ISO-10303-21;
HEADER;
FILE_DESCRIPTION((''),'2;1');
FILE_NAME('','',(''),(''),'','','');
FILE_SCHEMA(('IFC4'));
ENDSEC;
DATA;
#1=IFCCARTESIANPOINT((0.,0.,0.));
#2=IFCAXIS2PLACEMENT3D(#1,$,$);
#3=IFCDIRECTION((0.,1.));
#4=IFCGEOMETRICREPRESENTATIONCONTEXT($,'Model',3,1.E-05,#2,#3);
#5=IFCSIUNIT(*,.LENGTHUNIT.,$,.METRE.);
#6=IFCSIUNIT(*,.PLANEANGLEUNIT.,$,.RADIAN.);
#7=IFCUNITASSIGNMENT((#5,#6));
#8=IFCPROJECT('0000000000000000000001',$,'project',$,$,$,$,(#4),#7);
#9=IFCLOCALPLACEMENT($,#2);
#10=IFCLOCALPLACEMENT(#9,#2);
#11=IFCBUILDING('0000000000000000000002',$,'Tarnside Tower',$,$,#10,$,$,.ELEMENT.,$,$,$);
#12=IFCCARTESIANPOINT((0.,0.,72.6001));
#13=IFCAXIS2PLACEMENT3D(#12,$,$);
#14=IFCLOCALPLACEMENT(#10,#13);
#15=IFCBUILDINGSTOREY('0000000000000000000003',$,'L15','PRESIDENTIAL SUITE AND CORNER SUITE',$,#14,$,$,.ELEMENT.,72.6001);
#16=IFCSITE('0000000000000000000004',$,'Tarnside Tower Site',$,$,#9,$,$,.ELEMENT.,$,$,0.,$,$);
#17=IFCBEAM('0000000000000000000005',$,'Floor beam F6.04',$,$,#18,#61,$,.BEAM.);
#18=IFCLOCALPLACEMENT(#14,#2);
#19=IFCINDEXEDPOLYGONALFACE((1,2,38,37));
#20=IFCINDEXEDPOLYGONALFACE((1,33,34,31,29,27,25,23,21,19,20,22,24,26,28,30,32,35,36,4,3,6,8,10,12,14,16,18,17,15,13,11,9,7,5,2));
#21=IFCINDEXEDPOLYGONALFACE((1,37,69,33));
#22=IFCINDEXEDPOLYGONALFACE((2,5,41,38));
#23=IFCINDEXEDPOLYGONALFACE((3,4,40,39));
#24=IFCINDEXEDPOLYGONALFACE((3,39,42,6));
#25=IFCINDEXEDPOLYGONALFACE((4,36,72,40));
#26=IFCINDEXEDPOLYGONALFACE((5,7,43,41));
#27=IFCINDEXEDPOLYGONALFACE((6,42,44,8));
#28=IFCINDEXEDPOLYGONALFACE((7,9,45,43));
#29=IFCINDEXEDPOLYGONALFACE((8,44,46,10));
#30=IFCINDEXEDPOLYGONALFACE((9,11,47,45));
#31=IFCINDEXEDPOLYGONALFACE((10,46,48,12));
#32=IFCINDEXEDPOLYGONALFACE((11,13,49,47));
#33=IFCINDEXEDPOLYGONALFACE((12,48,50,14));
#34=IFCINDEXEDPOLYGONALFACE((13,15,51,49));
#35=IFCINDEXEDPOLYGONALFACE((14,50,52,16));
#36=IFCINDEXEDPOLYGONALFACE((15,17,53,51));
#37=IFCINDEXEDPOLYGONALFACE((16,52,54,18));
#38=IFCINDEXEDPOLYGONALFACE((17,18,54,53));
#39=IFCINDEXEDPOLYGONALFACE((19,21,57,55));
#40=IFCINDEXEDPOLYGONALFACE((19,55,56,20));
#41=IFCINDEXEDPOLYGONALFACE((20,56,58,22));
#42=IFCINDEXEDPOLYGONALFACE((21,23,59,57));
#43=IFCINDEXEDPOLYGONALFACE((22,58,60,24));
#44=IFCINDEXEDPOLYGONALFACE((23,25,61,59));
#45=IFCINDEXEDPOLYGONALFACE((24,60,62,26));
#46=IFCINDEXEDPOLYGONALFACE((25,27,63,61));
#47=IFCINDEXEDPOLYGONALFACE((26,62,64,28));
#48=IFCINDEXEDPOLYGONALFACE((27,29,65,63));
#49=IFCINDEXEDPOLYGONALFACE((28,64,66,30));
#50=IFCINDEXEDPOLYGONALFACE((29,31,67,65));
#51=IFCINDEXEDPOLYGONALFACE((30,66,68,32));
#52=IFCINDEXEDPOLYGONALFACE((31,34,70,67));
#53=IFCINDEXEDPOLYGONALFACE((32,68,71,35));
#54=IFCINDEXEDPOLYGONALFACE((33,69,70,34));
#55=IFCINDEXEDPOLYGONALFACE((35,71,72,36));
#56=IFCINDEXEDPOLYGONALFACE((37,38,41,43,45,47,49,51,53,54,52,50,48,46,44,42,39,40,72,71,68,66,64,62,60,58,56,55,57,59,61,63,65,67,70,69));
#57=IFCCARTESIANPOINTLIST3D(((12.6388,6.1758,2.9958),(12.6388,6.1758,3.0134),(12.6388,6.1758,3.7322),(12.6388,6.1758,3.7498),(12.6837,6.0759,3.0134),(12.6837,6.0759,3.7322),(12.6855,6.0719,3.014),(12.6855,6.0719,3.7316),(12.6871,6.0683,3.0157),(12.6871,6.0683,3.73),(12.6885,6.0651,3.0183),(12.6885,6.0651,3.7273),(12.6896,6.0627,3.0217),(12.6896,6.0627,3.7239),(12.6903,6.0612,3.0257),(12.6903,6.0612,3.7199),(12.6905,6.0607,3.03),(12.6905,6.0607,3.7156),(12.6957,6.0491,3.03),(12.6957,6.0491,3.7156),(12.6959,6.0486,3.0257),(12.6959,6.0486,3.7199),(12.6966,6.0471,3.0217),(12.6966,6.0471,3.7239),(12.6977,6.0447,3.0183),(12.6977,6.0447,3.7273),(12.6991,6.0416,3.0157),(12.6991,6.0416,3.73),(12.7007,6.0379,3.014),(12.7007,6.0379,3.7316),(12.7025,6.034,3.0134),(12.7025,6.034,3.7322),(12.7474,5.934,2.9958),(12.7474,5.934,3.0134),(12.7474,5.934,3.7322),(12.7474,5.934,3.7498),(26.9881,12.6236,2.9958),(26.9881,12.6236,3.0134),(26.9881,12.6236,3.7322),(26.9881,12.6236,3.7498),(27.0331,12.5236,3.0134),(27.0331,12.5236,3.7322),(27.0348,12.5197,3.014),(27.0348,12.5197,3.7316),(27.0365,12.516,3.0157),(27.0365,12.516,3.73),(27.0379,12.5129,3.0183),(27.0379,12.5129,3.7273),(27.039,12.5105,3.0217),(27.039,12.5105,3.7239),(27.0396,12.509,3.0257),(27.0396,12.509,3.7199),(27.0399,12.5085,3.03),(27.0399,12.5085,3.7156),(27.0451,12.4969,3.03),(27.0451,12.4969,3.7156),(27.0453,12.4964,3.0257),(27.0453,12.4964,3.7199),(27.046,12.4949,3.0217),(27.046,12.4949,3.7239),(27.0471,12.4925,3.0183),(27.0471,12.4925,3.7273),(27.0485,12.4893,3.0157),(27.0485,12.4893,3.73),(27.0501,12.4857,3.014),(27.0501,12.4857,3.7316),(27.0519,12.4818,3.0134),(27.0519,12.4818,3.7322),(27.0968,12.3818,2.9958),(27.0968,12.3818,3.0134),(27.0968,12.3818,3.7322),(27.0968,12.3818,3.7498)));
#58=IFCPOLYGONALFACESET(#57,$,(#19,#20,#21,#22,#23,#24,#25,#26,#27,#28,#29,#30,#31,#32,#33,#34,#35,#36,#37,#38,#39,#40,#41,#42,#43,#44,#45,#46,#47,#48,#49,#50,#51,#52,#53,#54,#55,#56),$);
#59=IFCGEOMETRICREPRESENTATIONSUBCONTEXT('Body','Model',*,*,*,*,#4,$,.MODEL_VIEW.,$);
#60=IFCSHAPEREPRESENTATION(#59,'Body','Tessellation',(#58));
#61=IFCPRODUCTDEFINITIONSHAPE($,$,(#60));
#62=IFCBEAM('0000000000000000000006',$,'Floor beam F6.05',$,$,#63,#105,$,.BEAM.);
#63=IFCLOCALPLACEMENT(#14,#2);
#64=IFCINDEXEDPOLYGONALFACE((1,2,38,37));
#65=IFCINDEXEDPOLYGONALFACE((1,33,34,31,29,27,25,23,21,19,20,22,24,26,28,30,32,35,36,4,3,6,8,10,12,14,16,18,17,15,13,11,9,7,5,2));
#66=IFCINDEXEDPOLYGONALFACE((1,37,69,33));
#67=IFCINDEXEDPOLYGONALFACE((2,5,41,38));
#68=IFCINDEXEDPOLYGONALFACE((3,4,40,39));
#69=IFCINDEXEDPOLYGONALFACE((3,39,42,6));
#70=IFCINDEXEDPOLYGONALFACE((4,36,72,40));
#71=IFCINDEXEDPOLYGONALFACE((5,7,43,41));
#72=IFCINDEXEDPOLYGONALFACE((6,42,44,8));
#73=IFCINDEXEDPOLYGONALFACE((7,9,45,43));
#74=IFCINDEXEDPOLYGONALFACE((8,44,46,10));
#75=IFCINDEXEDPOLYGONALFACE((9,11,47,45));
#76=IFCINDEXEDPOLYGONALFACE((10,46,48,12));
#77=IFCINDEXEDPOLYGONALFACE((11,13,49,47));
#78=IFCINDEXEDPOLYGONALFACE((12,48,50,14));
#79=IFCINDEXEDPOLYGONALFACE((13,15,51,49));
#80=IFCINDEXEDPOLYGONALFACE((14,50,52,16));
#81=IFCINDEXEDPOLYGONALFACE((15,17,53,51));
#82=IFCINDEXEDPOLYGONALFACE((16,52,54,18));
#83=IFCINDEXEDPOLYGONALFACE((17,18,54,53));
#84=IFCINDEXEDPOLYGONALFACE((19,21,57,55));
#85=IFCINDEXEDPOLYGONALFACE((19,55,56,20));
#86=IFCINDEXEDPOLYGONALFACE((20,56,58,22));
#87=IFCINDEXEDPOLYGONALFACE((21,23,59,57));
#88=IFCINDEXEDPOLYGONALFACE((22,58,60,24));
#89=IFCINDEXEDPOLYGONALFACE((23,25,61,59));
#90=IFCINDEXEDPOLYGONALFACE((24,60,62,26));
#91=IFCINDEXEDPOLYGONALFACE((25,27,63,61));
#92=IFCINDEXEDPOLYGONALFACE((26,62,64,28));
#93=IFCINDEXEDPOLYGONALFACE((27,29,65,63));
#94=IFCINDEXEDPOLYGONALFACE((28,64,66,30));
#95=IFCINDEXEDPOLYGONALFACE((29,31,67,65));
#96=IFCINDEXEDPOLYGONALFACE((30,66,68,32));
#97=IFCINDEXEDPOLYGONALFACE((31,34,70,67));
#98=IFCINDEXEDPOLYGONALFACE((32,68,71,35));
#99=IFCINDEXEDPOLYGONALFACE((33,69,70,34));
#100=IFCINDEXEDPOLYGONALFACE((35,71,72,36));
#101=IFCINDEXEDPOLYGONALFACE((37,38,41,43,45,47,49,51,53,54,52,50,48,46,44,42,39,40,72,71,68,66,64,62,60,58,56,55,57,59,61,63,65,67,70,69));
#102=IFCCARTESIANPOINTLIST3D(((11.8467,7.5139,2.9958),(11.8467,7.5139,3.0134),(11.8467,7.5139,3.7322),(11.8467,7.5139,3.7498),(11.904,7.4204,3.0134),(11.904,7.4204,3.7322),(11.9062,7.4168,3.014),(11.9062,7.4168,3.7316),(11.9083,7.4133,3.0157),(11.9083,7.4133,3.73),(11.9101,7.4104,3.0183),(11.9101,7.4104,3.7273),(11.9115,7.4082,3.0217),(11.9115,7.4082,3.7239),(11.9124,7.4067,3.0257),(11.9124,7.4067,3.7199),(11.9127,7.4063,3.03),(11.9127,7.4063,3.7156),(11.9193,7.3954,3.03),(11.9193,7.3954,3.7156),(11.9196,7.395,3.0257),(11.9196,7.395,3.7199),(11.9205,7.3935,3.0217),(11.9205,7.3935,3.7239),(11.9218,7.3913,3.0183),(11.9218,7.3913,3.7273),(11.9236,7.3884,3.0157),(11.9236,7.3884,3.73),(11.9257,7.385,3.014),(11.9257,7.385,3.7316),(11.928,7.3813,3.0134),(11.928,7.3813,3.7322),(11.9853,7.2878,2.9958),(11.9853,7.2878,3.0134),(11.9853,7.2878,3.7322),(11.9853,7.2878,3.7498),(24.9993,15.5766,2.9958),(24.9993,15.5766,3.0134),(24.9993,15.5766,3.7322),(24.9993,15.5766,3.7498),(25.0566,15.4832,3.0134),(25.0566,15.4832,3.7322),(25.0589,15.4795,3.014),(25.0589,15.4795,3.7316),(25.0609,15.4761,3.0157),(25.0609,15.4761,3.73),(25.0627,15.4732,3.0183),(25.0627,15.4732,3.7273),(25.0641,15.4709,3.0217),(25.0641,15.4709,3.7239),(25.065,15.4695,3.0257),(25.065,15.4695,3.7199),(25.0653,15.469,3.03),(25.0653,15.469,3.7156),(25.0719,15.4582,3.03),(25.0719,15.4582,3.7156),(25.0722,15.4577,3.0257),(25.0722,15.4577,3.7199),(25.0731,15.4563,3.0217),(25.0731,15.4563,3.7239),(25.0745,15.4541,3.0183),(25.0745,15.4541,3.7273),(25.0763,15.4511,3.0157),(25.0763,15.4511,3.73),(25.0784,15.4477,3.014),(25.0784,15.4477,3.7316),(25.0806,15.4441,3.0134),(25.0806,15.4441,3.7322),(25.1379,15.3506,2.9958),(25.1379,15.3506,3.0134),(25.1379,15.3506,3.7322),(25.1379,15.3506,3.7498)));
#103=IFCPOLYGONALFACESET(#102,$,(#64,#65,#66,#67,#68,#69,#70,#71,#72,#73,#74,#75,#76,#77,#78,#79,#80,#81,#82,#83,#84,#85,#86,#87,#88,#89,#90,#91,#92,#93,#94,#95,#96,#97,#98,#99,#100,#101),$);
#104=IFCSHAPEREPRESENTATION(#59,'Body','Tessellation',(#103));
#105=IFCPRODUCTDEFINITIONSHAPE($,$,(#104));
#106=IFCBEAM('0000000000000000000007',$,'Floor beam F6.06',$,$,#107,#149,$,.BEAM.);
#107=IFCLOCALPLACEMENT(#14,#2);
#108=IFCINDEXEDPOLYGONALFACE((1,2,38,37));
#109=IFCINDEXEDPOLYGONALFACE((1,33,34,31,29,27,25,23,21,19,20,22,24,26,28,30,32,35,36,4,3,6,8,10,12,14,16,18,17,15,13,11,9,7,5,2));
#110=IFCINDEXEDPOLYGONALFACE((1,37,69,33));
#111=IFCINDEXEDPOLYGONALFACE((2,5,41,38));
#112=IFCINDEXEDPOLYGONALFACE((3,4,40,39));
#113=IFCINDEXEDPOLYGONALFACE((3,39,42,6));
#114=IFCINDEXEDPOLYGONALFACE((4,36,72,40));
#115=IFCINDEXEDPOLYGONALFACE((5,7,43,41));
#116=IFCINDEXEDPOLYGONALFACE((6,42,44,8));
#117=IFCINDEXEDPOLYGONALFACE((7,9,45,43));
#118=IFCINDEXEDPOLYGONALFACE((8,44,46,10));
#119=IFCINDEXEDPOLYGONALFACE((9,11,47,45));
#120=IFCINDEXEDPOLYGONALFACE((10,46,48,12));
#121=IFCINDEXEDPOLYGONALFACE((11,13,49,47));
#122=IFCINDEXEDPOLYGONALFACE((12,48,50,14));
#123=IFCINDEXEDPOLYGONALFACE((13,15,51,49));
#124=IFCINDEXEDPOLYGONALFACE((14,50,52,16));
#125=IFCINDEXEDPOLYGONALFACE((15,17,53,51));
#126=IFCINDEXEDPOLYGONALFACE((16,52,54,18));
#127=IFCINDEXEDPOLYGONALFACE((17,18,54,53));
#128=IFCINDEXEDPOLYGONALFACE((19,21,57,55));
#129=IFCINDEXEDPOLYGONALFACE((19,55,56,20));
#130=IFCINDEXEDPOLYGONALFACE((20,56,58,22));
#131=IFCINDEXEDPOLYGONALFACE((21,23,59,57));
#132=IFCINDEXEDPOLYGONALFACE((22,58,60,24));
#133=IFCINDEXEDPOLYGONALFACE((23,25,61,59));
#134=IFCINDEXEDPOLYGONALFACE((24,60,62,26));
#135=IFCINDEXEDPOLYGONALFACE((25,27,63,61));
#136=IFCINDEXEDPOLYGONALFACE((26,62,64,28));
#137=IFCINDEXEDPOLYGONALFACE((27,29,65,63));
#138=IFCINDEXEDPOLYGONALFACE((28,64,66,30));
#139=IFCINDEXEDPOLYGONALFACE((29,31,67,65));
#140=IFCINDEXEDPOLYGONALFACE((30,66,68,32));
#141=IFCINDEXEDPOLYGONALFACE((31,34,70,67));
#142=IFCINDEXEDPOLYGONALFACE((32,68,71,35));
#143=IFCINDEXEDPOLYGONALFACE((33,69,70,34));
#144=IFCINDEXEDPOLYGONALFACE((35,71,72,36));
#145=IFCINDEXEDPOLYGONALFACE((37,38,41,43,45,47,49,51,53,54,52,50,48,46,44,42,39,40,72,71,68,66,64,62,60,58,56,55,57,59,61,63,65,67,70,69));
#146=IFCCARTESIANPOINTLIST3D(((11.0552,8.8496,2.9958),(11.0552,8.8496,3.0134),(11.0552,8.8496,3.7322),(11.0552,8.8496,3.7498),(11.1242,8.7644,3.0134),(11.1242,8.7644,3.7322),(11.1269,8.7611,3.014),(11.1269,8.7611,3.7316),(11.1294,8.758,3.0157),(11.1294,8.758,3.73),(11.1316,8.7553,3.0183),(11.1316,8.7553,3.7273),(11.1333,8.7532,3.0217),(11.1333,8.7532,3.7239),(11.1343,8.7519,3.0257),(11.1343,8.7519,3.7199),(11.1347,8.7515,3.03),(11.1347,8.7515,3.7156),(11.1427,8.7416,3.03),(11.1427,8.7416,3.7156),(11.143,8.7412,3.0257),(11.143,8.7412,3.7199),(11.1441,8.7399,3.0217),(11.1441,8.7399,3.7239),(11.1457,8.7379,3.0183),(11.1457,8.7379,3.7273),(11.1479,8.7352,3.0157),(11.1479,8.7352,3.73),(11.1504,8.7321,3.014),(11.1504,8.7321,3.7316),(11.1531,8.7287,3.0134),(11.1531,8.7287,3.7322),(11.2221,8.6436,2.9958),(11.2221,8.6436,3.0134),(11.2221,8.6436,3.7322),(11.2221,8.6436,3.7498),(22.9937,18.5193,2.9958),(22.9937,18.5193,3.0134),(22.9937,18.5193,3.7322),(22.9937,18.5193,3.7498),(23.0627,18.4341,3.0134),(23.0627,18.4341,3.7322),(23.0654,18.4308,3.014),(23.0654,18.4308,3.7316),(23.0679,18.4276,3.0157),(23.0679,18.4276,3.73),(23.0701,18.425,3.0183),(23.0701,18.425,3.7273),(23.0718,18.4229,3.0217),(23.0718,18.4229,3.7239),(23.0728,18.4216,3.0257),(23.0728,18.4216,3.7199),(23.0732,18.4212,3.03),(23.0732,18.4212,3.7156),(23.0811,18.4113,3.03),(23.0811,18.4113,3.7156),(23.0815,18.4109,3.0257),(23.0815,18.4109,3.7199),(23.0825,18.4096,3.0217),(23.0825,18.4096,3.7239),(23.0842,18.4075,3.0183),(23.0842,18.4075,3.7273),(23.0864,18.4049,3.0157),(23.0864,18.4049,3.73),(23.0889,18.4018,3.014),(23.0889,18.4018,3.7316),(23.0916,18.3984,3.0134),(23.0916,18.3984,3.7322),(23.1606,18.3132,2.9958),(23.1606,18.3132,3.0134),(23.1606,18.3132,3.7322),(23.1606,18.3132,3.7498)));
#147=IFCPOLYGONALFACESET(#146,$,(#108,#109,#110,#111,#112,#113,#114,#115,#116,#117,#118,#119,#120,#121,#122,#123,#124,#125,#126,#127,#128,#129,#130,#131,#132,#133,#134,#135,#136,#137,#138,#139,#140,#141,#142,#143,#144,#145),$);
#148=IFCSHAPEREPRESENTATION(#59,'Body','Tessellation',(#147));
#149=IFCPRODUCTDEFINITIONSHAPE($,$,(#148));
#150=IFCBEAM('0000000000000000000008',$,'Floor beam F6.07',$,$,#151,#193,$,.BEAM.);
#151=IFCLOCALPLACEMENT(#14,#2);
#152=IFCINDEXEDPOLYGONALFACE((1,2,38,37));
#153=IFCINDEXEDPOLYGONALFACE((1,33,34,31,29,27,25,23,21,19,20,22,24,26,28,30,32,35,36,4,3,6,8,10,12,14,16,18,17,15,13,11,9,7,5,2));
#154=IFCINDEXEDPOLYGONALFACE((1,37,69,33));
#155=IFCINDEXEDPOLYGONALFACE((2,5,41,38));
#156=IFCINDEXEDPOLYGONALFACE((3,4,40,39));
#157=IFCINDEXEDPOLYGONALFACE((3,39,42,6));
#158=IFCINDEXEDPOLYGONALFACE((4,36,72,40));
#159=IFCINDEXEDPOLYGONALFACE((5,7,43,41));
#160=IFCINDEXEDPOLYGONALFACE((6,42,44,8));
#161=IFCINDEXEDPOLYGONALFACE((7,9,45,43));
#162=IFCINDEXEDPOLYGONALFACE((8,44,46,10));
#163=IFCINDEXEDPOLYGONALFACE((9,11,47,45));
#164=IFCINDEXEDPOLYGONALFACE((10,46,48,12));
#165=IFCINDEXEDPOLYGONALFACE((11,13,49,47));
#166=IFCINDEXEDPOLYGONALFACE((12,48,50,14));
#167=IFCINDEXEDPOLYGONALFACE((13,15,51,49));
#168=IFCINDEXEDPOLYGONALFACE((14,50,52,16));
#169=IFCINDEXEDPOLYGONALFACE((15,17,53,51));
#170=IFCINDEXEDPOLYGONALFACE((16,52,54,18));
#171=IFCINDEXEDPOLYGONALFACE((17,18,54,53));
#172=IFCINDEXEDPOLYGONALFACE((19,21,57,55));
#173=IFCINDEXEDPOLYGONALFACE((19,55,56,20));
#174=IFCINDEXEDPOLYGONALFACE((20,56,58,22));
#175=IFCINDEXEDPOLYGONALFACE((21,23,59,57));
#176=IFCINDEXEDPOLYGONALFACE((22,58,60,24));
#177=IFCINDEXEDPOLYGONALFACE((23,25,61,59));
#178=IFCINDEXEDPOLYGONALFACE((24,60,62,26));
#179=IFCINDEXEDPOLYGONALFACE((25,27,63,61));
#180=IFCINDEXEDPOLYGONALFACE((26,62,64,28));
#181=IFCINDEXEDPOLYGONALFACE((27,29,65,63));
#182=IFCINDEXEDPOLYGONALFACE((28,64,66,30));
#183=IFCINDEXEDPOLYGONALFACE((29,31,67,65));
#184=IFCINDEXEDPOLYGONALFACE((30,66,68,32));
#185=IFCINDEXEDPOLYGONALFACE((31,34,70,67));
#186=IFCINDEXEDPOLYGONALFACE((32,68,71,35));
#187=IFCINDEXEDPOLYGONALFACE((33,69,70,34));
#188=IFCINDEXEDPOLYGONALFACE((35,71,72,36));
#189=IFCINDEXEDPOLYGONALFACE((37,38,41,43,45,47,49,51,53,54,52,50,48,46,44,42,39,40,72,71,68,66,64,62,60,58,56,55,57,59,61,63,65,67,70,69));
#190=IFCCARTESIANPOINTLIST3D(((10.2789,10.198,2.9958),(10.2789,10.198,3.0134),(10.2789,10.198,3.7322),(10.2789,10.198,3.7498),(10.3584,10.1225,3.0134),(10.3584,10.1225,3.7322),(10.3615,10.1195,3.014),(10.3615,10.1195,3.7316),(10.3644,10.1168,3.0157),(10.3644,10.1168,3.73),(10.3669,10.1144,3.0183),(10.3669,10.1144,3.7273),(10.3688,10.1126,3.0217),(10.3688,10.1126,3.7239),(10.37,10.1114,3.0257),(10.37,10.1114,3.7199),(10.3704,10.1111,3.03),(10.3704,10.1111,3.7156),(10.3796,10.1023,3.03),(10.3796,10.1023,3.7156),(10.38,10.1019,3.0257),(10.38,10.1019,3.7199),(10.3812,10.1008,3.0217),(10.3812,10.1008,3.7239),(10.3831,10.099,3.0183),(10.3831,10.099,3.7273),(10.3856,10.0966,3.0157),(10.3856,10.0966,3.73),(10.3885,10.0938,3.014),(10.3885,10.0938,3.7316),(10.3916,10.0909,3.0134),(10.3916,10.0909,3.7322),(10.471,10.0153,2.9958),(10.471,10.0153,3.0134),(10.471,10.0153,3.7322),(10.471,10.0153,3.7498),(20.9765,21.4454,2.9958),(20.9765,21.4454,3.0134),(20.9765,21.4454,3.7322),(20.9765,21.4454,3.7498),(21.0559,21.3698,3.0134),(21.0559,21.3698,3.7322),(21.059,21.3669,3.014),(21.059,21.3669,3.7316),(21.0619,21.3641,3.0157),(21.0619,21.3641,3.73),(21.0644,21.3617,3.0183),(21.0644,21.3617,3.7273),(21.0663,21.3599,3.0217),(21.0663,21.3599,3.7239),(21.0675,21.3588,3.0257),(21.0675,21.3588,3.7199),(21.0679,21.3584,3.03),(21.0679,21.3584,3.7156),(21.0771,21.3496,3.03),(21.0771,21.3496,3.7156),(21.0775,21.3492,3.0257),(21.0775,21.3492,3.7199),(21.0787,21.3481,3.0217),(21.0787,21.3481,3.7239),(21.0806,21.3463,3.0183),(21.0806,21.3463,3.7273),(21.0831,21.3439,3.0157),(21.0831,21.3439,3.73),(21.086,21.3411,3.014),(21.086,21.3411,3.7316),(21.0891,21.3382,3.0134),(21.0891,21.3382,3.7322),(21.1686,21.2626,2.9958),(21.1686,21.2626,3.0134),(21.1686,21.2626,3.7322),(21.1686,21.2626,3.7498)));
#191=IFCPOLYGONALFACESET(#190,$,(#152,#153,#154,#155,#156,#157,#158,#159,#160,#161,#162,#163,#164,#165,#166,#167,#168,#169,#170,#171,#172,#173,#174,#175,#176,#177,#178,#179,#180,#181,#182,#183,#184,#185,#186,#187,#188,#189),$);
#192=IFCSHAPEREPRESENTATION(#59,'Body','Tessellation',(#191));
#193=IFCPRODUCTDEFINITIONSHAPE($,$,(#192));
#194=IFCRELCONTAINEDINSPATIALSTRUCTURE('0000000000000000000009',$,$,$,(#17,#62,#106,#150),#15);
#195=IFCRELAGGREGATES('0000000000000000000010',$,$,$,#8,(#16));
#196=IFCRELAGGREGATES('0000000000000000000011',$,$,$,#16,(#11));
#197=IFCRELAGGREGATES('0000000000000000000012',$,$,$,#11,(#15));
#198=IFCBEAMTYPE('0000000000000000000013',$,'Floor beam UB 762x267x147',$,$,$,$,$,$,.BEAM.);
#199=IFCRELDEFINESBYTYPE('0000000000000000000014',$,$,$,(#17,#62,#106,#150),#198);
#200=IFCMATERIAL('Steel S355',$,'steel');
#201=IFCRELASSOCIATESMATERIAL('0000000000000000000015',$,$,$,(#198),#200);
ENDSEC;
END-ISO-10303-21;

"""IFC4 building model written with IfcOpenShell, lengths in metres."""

from ifc_helpers import new_model, si_unit, direction, frame, origin, origin_2d, place, context, subcontext, project, spatial, i_section, extrude, material, material_profile, profile_set, type_object, element, save


model = new_model("IFC4")

# Units and contexts
model_context = context("Model", 3, precision=1e-05, world=origin(), true_north=direction((0.0, 1.0)))
body_context = subcontext(model_context, "Body", "Model", "MODEL_VIEW")
ifc_project = project(units=[si_unit("LENGTHUNIT", "METRE"), si_unit("PLANEANGLEUNIT", "RADIAN")], contexts=[model_context])

# Site, building, storey
site_placement = place(None, origin())
site = spatial("IfcSite", under=ifc_project, at=site_placement, Name="Tarnside Tower Site", CompositionType="ELEMENT", RefElevation=0.0)
building_placement = place(site_placement, origin())
building = spatial("IfcBuilding", under=site, at=building_placement, Name="Tarnside Tower", CompositionType="ELEMENT")
storey_placement = place(building_placement, frame((0.0, 0.0, 72.6001)))
storey = spatial("IfcBuildingStorey", under=building, at=storey_placement, Name="L15", Description="PRESIDENTIAL SUITE AND CORNER SUITE", CompositionType="ELEMENT", Elevation=72.6001)

# Beams
ifc_material_1 = material(Name="Steel S355", Category="steel")
ifc_material_profile_1 = material_profile(ifc_material_1, i_section(OverallWidth=0.2651, OverallDepth=0.7539, WebThickness=0.0127, FlangeThickness=0.0176, FilletRadius=0.0166, at=origin_2d()), Name="UB 762x267x147")
ifc_profile_set_1 = profile_set([ifc_material_profile_1], Name="Steel S355")
beam_type_1 = type_object("IfcBeamType", Name="Floor beam UB 762x267x147", PredefinedType="BEAM", material=ifc_profile_set_1)
beam_1_placement = place(storey_placement, frame((27.0425, 12.5027, 3.3728), z_axis=(-0.912146, -0.409865, 0.0), x_axis=(0.409865, -0.912146, 0.0)))
element("IfcBeam", 1, at=beam_1_placement, inside=storey, type_object=beam_type_1, Name="Floor beam F6.04", PredefinedType="BEAM", context=body_context, shape_type="SweptSolid", body=[
    extrude(i_section(OverallWidth=0.2651, OverallDepth=0.7539, WebThickness=0.0127, FlangeThickness=0.0176, FilletRadius=0.0166, at=origin_2d()), origin(), (0.0, 0.0, 1.0), 15.7314),
])
beam_2_placement = place(storey_placement, frame((25.0686, 15.4636, 3.3728), z_axis=(-0.852558, -0.522632, 0.0), x_axis=(0.522632, -0.852558, 0.0)))
element("IfcBeam", 2, at=beam_2_placement, inside=storey, type_object=beam_type_1, Name="Floor beam F6.05", PredefinedType="BEAM", context=body_context, shape_type="SweptSolid", body=[
    extrude(i_section(OverallWidth=0.2651, OverallDepth=0.7539, WebThickness=0.0127, FlangeThickness=0.0176, FilletRadius=0.0166, at=origin_2d()), origin(), (0.0, 0.0, 1.0), 15.4272),
])
beam_3_placement = place(storey_placement, frame((23.0771, 18.4163, 3.3728), z_axis=(-0.777079, -0.629403, 0.0), x_axis=(0.629403, -0.777079, 0.0)))
element("IfcBeam", 3, at=beam_3_placement, inside=storey, type_object=beam_type_1, Name="Floor beam F6.06", PredefinedType="BEAM", context=body_context, shape_type="SweptSolid", body=[
    extrude(i_section(OverallWidth=0.2651, OverallDepth=0.7539, WebThickness=0.0127, FlangeThickness=0.0176, FilletRadius=0.0166, at=origin_2d()), origin(), (0.0, 0.0, 1.0), 15.3633),
])
beam_4_placement = place(storey_placement, frame((21.0725, 21.354, 3.3728), z_axis=(-0.689175, -0.724595, 0.0), x_axis=(0.724595, -0.689175, 0.0)))
element("IfcBeam", 4, at=beam_4_placement, inside=storey, type_object=beam_type_1, Name="Floor beam F6.07", PredefinedType="BEAM", context=body_context, shape_type="SweptSolid", body=[
    extrude(i_section(OverallWidth=0.2651, OverallDepth=0.7539, WebThickness=0.0127, FlangeThickness=0.0176, FilletRadius=0.0166, at=origin_2d()), origin(), (0.0, 0.0, 1.0), 15.5222),
])

save(model, "model.ifc")
